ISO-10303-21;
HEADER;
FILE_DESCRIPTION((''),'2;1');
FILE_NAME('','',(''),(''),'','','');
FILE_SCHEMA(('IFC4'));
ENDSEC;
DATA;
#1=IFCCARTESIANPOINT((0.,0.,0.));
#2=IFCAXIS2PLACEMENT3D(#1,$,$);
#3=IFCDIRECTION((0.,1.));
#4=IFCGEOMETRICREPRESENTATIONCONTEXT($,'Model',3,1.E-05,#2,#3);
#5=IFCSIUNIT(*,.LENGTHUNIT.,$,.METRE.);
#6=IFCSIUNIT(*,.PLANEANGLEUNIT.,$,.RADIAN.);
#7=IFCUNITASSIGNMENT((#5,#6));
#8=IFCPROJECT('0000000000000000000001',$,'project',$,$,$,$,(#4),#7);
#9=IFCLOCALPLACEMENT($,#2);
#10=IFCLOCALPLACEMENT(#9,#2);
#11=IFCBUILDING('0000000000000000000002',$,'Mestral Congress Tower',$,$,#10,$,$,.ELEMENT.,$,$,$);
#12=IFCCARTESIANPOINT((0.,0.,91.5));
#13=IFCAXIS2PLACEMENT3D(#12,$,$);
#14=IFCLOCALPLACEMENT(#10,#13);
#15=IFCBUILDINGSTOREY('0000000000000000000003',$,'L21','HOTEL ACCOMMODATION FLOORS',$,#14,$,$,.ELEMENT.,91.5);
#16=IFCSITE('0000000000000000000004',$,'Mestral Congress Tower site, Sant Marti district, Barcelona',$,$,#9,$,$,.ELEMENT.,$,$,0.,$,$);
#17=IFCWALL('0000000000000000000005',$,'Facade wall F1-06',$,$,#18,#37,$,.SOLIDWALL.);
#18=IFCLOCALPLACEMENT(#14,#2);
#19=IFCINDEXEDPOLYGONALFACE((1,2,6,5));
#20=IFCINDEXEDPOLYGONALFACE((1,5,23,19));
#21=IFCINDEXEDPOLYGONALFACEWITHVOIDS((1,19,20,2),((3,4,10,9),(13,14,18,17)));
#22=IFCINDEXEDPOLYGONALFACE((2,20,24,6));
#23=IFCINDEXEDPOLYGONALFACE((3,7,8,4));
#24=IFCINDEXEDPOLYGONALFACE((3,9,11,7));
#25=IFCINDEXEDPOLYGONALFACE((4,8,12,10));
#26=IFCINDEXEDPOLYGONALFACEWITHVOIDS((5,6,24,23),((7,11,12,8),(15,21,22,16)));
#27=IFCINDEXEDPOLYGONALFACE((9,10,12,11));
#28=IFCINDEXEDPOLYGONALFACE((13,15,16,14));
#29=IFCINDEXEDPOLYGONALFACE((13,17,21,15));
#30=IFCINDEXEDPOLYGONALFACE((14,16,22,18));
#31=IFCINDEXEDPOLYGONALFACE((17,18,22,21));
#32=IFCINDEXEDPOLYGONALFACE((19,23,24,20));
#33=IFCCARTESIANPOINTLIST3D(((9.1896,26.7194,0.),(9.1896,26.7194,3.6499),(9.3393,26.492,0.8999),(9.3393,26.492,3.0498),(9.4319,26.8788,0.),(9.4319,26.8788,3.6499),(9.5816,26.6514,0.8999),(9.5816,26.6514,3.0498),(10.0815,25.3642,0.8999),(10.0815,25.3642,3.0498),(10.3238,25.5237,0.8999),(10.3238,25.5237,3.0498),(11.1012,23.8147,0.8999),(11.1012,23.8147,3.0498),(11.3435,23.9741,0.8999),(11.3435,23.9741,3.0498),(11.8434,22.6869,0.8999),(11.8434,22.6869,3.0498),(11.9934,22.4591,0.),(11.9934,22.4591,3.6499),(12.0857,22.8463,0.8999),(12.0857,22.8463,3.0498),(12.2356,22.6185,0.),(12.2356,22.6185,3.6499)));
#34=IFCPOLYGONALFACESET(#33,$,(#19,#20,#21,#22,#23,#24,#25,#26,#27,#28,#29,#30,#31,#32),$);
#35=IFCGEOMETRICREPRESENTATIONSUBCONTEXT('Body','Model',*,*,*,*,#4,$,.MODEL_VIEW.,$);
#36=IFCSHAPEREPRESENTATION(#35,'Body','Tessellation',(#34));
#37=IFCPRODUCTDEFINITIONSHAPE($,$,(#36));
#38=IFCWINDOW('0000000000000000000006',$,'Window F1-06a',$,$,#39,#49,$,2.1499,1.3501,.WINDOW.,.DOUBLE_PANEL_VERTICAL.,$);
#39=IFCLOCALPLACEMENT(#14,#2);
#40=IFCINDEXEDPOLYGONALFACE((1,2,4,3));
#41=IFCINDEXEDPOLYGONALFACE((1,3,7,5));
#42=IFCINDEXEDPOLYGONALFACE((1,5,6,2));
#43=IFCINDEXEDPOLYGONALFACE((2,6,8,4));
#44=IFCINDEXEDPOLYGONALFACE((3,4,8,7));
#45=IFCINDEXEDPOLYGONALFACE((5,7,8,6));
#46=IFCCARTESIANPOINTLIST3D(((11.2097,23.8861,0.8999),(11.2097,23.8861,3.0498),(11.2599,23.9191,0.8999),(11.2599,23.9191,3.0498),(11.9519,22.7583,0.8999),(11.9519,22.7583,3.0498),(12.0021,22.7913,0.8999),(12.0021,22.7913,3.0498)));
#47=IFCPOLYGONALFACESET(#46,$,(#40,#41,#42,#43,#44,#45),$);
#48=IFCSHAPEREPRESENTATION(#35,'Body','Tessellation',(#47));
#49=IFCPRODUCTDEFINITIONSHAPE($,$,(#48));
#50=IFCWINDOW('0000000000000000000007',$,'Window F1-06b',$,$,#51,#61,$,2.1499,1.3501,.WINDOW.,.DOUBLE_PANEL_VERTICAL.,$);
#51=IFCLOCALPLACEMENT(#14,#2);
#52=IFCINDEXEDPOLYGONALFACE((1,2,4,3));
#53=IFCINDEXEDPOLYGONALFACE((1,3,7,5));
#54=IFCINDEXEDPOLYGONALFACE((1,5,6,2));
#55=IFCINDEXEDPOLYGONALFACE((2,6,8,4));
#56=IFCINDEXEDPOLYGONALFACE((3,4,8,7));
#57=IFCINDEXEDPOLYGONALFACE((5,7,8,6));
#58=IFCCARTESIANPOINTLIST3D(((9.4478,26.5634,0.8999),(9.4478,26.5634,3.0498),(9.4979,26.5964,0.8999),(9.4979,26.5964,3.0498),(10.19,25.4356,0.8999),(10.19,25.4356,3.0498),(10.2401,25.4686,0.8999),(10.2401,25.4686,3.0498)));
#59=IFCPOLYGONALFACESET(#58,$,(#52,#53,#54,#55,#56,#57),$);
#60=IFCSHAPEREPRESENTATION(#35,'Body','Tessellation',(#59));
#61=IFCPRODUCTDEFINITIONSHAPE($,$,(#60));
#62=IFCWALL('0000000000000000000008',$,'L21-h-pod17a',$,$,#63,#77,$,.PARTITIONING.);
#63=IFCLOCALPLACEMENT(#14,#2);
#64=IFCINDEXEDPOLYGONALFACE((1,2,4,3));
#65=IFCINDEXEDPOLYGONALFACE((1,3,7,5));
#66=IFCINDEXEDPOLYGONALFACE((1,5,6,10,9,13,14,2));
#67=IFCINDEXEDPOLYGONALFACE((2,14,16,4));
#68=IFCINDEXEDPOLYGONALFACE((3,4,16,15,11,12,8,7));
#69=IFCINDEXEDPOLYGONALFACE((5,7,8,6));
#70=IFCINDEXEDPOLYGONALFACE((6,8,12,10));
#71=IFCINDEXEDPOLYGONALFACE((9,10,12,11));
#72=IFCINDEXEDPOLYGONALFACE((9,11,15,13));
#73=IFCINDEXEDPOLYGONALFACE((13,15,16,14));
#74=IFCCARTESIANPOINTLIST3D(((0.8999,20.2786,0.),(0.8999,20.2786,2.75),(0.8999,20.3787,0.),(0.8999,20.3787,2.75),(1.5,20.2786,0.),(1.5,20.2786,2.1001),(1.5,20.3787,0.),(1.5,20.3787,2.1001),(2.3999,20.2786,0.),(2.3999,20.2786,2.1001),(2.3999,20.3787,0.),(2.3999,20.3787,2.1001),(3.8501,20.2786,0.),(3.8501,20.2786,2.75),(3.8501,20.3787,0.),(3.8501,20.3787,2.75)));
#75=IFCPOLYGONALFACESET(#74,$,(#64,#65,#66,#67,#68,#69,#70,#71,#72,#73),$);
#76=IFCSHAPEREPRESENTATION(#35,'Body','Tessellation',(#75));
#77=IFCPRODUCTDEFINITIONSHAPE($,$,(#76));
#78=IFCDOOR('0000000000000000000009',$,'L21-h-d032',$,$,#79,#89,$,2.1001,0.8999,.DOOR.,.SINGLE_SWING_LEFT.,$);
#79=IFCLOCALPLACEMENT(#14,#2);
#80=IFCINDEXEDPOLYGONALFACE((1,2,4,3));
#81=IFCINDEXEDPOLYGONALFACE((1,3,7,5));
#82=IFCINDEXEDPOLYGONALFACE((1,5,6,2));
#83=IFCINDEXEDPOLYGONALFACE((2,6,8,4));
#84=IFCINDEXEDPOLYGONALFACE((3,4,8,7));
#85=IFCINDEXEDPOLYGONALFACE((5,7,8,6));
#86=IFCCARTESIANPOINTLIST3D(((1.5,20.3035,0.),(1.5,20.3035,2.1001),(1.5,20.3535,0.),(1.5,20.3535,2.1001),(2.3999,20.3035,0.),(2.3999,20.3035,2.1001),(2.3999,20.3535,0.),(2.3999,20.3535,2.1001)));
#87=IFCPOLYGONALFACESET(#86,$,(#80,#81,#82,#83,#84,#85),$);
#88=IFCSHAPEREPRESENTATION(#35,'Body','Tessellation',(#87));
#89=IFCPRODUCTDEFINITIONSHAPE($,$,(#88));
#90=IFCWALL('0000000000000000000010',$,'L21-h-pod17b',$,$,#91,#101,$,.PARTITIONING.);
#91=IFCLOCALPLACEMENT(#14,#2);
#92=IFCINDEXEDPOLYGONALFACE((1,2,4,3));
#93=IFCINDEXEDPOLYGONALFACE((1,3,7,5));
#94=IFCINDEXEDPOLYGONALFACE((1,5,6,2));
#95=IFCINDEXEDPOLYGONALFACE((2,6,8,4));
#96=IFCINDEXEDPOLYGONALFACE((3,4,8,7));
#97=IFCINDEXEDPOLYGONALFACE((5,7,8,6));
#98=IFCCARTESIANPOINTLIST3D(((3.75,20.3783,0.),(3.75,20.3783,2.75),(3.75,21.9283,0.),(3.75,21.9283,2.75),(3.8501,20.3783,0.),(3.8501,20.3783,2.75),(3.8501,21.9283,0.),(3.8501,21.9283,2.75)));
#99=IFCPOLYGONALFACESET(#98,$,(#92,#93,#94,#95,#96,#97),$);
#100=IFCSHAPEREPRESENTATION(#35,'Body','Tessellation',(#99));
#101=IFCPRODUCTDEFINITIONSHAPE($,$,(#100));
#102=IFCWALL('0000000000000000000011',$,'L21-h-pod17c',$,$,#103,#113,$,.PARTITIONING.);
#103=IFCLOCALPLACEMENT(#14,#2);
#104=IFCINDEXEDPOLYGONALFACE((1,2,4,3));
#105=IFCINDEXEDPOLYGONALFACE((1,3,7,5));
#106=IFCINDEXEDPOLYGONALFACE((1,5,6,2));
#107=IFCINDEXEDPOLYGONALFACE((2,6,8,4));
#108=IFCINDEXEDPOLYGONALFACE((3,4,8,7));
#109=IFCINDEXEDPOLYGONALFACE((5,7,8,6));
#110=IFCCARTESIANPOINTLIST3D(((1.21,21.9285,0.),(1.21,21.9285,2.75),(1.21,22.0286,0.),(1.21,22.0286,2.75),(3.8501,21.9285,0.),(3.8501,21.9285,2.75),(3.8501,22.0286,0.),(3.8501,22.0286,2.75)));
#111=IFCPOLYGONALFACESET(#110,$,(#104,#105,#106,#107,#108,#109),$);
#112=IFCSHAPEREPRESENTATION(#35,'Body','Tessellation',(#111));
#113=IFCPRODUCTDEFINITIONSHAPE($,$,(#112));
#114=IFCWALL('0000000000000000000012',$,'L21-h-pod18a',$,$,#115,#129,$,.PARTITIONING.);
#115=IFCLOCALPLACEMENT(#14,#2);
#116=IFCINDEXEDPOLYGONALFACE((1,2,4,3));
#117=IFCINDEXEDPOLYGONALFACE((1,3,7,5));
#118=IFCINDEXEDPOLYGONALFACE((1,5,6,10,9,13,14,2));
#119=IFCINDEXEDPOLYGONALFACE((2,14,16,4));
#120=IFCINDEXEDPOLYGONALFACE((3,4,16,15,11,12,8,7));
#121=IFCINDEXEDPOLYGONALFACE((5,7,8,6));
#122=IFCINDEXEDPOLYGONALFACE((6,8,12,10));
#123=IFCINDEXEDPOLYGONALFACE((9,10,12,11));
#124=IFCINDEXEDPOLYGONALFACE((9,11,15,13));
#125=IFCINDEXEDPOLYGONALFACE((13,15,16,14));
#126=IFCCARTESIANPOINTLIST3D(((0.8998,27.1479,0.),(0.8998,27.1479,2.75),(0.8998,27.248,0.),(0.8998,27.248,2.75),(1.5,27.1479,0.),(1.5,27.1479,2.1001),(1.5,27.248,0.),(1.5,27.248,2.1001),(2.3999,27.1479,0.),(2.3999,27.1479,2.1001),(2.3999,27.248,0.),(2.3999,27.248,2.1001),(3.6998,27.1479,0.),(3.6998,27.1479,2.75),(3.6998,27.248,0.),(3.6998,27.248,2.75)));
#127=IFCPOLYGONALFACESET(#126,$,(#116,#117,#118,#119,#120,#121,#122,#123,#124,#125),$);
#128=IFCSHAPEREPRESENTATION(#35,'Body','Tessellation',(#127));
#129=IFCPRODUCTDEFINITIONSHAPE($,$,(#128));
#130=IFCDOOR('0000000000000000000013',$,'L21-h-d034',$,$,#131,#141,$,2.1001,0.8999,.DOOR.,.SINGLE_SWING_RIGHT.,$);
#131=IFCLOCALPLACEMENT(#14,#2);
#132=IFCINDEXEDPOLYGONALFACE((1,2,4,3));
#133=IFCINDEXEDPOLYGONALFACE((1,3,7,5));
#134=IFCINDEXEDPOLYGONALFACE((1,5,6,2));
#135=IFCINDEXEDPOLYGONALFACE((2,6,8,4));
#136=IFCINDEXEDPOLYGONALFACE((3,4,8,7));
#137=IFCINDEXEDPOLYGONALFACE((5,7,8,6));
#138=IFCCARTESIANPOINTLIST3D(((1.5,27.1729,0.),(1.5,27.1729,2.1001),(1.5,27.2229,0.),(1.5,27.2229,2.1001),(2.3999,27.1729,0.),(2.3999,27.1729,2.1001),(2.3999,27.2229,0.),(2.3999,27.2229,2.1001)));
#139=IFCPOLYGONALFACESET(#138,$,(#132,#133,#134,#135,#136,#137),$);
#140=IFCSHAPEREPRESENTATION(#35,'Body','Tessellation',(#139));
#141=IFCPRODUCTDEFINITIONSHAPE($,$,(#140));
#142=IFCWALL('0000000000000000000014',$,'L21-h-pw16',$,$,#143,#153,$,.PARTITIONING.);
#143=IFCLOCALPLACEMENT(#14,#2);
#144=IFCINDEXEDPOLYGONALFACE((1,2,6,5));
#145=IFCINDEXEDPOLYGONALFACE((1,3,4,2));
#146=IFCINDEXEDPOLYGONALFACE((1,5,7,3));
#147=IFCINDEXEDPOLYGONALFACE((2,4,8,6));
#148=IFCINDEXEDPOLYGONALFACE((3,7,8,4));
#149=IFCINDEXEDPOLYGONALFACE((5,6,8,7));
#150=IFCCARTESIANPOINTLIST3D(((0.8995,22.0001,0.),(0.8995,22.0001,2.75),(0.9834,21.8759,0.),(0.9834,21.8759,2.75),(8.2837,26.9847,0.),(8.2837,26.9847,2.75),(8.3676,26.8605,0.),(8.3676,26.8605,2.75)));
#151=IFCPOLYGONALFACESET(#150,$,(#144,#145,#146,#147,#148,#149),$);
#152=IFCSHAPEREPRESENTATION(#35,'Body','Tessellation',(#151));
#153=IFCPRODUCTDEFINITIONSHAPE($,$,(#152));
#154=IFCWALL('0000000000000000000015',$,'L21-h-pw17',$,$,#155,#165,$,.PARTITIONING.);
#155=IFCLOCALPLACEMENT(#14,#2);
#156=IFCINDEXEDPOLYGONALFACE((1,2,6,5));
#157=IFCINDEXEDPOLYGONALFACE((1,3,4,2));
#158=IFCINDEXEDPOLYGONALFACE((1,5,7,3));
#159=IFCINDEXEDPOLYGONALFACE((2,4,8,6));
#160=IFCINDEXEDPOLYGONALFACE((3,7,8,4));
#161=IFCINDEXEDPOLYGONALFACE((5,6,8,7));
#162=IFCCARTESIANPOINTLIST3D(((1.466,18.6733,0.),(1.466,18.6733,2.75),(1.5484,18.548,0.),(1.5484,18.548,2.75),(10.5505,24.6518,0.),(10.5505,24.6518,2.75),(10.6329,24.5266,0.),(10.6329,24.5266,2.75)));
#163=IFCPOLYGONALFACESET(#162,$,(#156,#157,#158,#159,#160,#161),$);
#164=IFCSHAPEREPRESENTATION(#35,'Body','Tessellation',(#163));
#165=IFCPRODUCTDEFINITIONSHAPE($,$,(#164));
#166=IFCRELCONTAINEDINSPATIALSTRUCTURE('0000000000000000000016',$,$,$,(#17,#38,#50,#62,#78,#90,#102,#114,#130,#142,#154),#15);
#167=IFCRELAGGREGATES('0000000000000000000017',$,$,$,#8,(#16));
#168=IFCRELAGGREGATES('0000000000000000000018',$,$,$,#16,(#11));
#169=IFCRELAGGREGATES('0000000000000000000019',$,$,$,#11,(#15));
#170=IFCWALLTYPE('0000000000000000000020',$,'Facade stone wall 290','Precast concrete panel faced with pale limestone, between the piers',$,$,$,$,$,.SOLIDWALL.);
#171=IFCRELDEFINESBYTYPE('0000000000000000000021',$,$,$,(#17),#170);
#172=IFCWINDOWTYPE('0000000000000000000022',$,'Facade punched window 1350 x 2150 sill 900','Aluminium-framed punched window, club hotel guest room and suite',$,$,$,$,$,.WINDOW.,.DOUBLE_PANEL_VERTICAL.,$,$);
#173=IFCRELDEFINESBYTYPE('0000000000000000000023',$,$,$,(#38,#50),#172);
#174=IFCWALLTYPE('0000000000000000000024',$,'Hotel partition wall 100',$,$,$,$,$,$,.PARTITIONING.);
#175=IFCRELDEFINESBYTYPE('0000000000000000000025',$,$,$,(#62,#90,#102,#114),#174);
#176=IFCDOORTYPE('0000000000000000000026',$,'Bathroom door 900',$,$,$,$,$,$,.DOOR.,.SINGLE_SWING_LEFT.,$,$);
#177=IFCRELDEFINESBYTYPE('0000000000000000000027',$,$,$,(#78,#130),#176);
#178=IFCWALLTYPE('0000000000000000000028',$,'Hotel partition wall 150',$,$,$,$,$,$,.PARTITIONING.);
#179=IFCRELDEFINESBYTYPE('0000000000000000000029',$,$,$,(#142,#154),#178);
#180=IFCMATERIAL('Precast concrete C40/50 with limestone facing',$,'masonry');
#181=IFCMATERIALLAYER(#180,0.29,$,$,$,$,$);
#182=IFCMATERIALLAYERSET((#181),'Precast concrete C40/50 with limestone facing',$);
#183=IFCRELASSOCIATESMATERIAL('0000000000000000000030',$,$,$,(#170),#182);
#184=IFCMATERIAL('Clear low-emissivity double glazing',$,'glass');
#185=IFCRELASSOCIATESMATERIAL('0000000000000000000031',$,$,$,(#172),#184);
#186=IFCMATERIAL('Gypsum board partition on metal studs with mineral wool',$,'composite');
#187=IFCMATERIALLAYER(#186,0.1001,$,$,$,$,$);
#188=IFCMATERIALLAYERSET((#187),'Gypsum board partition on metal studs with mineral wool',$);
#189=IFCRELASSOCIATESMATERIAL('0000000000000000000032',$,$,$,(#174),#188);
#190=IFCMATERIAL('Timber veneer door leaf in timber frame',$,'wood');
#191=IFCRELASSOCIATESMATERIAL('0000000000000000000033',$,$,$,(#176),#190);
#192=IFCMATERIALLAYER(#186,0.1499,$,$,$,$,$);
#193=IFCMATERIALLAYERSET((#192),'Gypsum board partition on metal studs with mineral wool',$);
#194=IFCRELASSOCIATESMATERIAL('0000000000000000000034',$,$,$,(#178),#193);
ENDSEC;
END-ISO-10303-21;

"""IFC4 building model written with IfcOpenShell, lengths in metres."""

from ifc_helpers import new_model, si_unit, direction, frame, frame_2d, origin, place, context, subcontext, project, spatial, rectangle, extrude, material, layer, layer_set, type_object, element, fill, save


model = new_model("IFC4")

# Units and contexts
model_context = context("Model", 3, precision=1e-05, world=origin(), true_north=direction((0.0, 1.0)))
body_context = subcontext(model_context, "Body", "Model", "MODEL_VIEW")
ifc_project = project(units=[si_unit("LENGTHUNIT", "METRE"), si_unit("PLANEANGLEUNIT", "RADIAN")], contexts=[model_context])

# Site, building, storey
site_placement = place(None, origin())
site = spatial("IfcSite", under=ifc_project, at=site_placement, Name="Mestral Congress Tower site, Sant Marti district, Barcelona", CompositionType="ELEMENT", RefElevation=0.0)
building_placement = place(site_placement, origin())
building = spatial("IfcBuilding", under=site, at=building_placement, Name="Mestral Congress Tower", CompositionType="ELEMENT")
storey_placement = place(building_placement, frame((0.0, 0.0, 91.5)))
storey = spatial("IfcBuildingStorey", under=building, at=storey_placement, Name="L21", Description="HOTEL ACCOMMODATION FLOORS", CompositionType="ELEMENT", Elevation=91.5)

# Wall, openings, windows
ifc_material_1 = material(Name="Precast concrete C40/50 with limestone facing", Category="masonry")
ifc_layer_1 = layer(ifc_material_1, 0.29)
ifc_layer_set_1 = layer_set([ifc_layer_1], Name="Precast concrete C40/50 with limestone facing")
wall_type_1 = type_object("IfcWallType", Name="Facade stone wall 290", Description="Precast concrete panel faced with pale limestone, between the piers", PredefinedType="SOLIDWALL", material=ifc_layer_set_1)
wall_1_placement = place(storey_placement, frame((12.1145, 22.5388, 0.0), z_axis=(0.0, 0.0, 1.0), x_axis=(-0.549741, 0.835335, 0.0)))
wall_1 = element("IfcWall", 1, at=wall_1_placement, inside=storey, type_object=wall_type_1, Name="Facade wall F1-06", PredefinedType="SOLIDWALL", context=body_context, shape_type="SweptSolid", body=[
    extrude(rectangle(XDim=5.1001, YDim=0.29, at=frame_2d((2.55, 0.0))), origin(), (0.0, 0.0, 1.0), 3.6499),
])
opening_1_placement = place(wall_1_placement, frame((0.2727, 0.0, 0.8999)))
opening_1 = element("IfcOpeningElement", 2, at=opening_1_placement, cuts=wall_1, PredefinedType="OPENING", context=body_context, shape_type="SweptSolid", body=[
    extrude(rectangle(XDim=1.3501, YDim=2.1499, at=frame_2d((0.675, 1.075))), frame((0.0, 0.155, 0.0), z_axis=(0.0, -1.0, 0.0), x_axis=(1.0, 0.0, 0.0)), (0.0, 0.0, 1.0), 0.3101),
])
opening_2_placement = place(wall_1_placement, frame((3.4778, 0.0, 0.8999)))
opening_2 = element("IfcOpeningElement", 3, at=opening_2_placement, cuts=wall_1, PredefinedType="OPENING", context=body_context, shape_type="SweptSolid", body=[
    extrude(rectangle(XDim=1.3501, YDim=2.1499, at=frame_2d((0.675, 1.075))), frame((0.0, 0.155, 0.0), z_axis=(0.0, -1.0, 0.0), x_axis=(1.0, 0.0, 0.0)), (0.0, 0.0, 1.0), 0.3101),
])
ifc_material_2 = material(Name="Clear low-emissivity double glazing", Category="glass")
window_type = type_object("IfcWindowType", Name="Facade punched window 1350 x 2150 sill 900", Description="Aluminium-framed punched window, club hotel guest room and suite", PartitioningType="DOUBLE_PANEL_VERTICAL", PredefinedType="WINDOW", material=ifc_material_2)
window_1_placement = place(opening_1_placement, origin())
window_1 = element("IfcWindow", 4, at=window_1_placement, inside=storey, type_object=window_type, Name="Window F1-06a", OverallHeight=2.1499, OverallWidth=1.3501, PartitioningType="DOUBLE_PANEL_VERTICAL", PredefinedType="WINDOW", context=body_context, shape_type="SweptSolid", body=[
    extrude(rectangle(XDim=1.3501, YDim=2.1499, at=frame_2d((0.675, 1.075))), frame((0.0, 0.0151, 0.0), z_axis=(0.0, -1.0, 0.0), x_axis=(1.0, 0.0, 0.0)), (0.0, 0.0, 1.0), 0.0601),
])
fill(opening_1, window_1)
window_2_placement = place(opening_2_placement, origin())
window_2 = element("IfcWindow", 5, at=window_2_placement, inside=storey, type_object=window_type, Name="Window F1-06b", OverallHeight=2.1499, OverallWidth=1.3501, PartitioningType="DOUBLE_PANEL_VERTICAL", PredefinedType="WINDOW", context=body_context, shape_type="SweptSolid", body=[
    extrude(rectangle(XDim=1.3501, YDim=2.1499, at=frame_2d((0.675, 1.075))), frame((0.0, 0.0151, 0.0), z_axis=(0.0, -1.0, 0.0), x_axis=(1.0, 0.0, 0.0)), (0.0, 0.0, 1.0), 0.0601),
])
fill(opening_2, window_2)

# Wall, opening, door
ifc_material_3 = material(Name="Gypsum board partition on metal studs with mineral wool", Category="composite")
ifc_layer_2 = layer(ifc_material_3, 0.1001)
ifc_layer_set_2 = layer_set([ifc_layer_2], Name="Gypsum board partition on metal studs with mineral wool")
wall_type_2 = type_object("IfcWallType", Name="Hotel partition wall 100", PredefinedType="PARTITIONING", material=ifc_layer_set_2)
wall_2_placement = place(storey_placement, frame((0.8999, 20.3286, 0.0), z_axis=(0.0, 0.0, 1.0), x_axis=(1.0, 0.0, 0.0)))
wall_2 = element("IfcWall", 6, at=wall_2_placement, inside=storey, type_object=wall_type_2, Name="L21-h-pod17a", PredefinedType="PARTITIONING", context=body_context, shape_type="SweptSolid", body=[
    extrude(rectangle(XDim=2.9502, YDim=0.1001, at=frame_2d((1.4751, 0.0))), origin(), (0.0, 0.0, 1.0), 2.75),
])
opening_3_placement = place(wall_2_placement, frame((0.6001, 0.0, 0.0)))
opening_3 = element("IfcOpeningElement", 7, at=opening_3_placement, cuts=wall_2, PredefinedType="OPENING", context=body_context, shape_type="SweptSolid", body=[
    extrude(rectangle(XDim=0.8999, YDim=2.1001, at=frame_2d((0.45, 1.05))), frame((0.0, 0.0601, 0.0), z_axis=(0.0, -1.0, 0.0), x_axis=(1.0, 0.0, 0.0)), (0.0, 0.0, 1.0), 0.1201),
])
ifc_material_4 = material(Name="Timber veneer door leaf in timber frame", Category="wood")
door_type = type_object("IfcDoorType", Name="Bathroom door 900", OperationType="SINGLE_SWING_LEFT", PredefinedType="DOOR", material=ifc_material_4)
door_1_placement = place(opening_3_placement, origin())
door_1 = element("IfcDoor", 8, at=door_1_placement, inside=storey, type_object=door_type, Name="L21-h-d032", OperationType="SINGLE_SWING_LEFT", OverallHeight=2.1001, OverallWidth=0.8999, PredefinedType="DOOR", context=body_context, shape_type="SweptSolid", body=[
    extrude(rectangle(XDim=0.8999, YDim=2.1001, at=frame_2d((0.45, 1.05))), frame((0.0, 0.0249, 0.0), z_axis=(0.0, -1.0, 0.0), x_axis=(1.0, 0.0, 0.0)), (0.0, 0.0, 1.0), 0.05),
])
fill(opening_3, door_1)

# Walls
wall_3_placement = place(storey_placement, frame((3.8, 20.3784, 0.0), z_axis=(0.0, 0.0, 1.0), x_axis=(0.0, 1.0, 0.0)))
element("IfcWall", 9, at=wall_3_placement, inside=storey, type_object=wall_type_2, Name="L21-h-pod17b", PredefinedType="PARTITIONING", context=body_context, shape_type="SweptSolid", body=[
    extrude(rectangle(XDim=1.55, YDim=0.1001, at=frame_2d((0.7749, 0.0))), origin(), (0.0, 0.0, 1.0), 2.75),
])
wall_4_placement = place(storey_placement, frame((1.21, 21.9785, 0.0), z_axis=(0.0, 0.0, 1.0), x_axis=(1.0, 0.0, 0.0)))
element("IfcWall", 10, at=wall_4_placement, inside=storey, type_object=wall_type_2, Name="L21-h-pod17c", PredefinedType="PARTITIONING", context=body_context, shape_type="SweptSolid", body=[
    extrude(rectangle(XDim=2.6401, YDim=0.1001, at=frame_2d((1.3201, 0.0))), origin(), (0.0, 0.0, 1.0), 2.75),
])

# Wall, opening, door
wall_5_placement = place(storey_placement, frame((0.8999, 27.198, 0.0), z_axis=(0.0, 0.0, 1.0), x_axis=(1.0, 0.0, 0.0)))
wall_5 = element("IfcWall", 11, at=wall_5_placement, inside=storey, type_object=wall_type_2, Name="L21-h-pod18a", PredefinedType="PARTITIONING", context=body_context, shape_type="SweptSolid", body=[
    extrude(rectangle(XDim=2.8, YDim=0.1001, at=frame_2d((1.3999, 0.0))), origin(), (0.0, 0.0, 1.0), 2.75),
])
opening_4_placement = place(wall_5_placement, frame((0.6001, 0.0, 0.0)))
opening_4 = element("IfcOpeningElement", 12, at=opening_4_placement, cuts=wall_5, PredefinedType="OPENING", context=body_context, shape_type="SweptSolid", body=[
    extrude(rectangle(XDim=0.8999, YDim=2.1001, at=frame_2d((0.45, 1.05))), frame((0.0, 0.0601, 0.0), z_axis=(0.0, -1.0, 0.0), x_axis=(1.0, 0.0, 0.0)), (0.0, 0.0, 1.0), 0.1201),
])
door_2_placement = place(opening_4_placement, origin())
door_2 = element("IfcDoor", 13, at=door_2_placement, inside=storey, type_object=door_type, Name="L21-h-d034", OperationType="SINGLE_SWING_RIGHT", OverallHeight=2.1001, OverallWidth=0.8999, PredefinedType="DOOR", context=body_context, shape_type="SweptSolid", body=[
    extrude(rectangle(XDim=0.8999, YDim=2.1001, at=frame_2d((0.45, 1.05))), frame((0.0, 0.0249, 0.0), z_axis=(0.0, -1.0, 0.0), x_axis=(1.0, 0.0, 0.0)), (0.0, 0.0, 1.0), 0.05),
])
fill(opening_4, door_2)

# Walls
ifc_layer_3 = layer(ifc_material_3, 0.1499)
ifc_layer_set_3 = layer_set([ifc_layer_3], Name="Gypsum board partition on metal studs with mineral wool")
wall_type_3 = type_object("IfcWallType", Name="Hotel partition wall 150", PredefinedType="PARTITIONING", material=ifc_layer_set_3)
wall_6_placement = place(storey_placement, frame((8.3257, 26.9226, 0.0), z_axis=(0.0, 0.0, 1.0), x_axis=(-0.828837, -0.559491, 0.0)))
element("IfcWall", 14, at=wall_6_placement, inside=storey, type_object=wall_type_3, Name="L21-h-pw16", PredefinedType="PARTITIONING", context=body_context, shape_type="SweptSolid", body=[
    extrude(rectangle(XDim=8.9092, YDim=0.1499, at=frame_2d((4.4546, 0.0))), origin(), (0.0, 0.0, 1.0), 2.75),
])
wall_7_placement = place(storey_placement, frame((10.5916, 24.5891, 0.0), z_axis=(0.0, 0.0, 1.0), x_axis=(-0.835337, -0.549738, 0.0)))
element("IfcWall", 15, at=wall_7_placement, inside=storey, type_object=wall_type_3, Name="L21-h-pw17", PredefinedType="PARTITIONING", context=body_context, shape_type="SweptSolid", body=[
    extrude(rectangle(XDim=10.8752, YDim=0.1499, at=frame_2d((5.4375, 0.0))), origin(), (0.0, 0.0, 1.0), 2.75),
])

save(model, "model.ifc")
